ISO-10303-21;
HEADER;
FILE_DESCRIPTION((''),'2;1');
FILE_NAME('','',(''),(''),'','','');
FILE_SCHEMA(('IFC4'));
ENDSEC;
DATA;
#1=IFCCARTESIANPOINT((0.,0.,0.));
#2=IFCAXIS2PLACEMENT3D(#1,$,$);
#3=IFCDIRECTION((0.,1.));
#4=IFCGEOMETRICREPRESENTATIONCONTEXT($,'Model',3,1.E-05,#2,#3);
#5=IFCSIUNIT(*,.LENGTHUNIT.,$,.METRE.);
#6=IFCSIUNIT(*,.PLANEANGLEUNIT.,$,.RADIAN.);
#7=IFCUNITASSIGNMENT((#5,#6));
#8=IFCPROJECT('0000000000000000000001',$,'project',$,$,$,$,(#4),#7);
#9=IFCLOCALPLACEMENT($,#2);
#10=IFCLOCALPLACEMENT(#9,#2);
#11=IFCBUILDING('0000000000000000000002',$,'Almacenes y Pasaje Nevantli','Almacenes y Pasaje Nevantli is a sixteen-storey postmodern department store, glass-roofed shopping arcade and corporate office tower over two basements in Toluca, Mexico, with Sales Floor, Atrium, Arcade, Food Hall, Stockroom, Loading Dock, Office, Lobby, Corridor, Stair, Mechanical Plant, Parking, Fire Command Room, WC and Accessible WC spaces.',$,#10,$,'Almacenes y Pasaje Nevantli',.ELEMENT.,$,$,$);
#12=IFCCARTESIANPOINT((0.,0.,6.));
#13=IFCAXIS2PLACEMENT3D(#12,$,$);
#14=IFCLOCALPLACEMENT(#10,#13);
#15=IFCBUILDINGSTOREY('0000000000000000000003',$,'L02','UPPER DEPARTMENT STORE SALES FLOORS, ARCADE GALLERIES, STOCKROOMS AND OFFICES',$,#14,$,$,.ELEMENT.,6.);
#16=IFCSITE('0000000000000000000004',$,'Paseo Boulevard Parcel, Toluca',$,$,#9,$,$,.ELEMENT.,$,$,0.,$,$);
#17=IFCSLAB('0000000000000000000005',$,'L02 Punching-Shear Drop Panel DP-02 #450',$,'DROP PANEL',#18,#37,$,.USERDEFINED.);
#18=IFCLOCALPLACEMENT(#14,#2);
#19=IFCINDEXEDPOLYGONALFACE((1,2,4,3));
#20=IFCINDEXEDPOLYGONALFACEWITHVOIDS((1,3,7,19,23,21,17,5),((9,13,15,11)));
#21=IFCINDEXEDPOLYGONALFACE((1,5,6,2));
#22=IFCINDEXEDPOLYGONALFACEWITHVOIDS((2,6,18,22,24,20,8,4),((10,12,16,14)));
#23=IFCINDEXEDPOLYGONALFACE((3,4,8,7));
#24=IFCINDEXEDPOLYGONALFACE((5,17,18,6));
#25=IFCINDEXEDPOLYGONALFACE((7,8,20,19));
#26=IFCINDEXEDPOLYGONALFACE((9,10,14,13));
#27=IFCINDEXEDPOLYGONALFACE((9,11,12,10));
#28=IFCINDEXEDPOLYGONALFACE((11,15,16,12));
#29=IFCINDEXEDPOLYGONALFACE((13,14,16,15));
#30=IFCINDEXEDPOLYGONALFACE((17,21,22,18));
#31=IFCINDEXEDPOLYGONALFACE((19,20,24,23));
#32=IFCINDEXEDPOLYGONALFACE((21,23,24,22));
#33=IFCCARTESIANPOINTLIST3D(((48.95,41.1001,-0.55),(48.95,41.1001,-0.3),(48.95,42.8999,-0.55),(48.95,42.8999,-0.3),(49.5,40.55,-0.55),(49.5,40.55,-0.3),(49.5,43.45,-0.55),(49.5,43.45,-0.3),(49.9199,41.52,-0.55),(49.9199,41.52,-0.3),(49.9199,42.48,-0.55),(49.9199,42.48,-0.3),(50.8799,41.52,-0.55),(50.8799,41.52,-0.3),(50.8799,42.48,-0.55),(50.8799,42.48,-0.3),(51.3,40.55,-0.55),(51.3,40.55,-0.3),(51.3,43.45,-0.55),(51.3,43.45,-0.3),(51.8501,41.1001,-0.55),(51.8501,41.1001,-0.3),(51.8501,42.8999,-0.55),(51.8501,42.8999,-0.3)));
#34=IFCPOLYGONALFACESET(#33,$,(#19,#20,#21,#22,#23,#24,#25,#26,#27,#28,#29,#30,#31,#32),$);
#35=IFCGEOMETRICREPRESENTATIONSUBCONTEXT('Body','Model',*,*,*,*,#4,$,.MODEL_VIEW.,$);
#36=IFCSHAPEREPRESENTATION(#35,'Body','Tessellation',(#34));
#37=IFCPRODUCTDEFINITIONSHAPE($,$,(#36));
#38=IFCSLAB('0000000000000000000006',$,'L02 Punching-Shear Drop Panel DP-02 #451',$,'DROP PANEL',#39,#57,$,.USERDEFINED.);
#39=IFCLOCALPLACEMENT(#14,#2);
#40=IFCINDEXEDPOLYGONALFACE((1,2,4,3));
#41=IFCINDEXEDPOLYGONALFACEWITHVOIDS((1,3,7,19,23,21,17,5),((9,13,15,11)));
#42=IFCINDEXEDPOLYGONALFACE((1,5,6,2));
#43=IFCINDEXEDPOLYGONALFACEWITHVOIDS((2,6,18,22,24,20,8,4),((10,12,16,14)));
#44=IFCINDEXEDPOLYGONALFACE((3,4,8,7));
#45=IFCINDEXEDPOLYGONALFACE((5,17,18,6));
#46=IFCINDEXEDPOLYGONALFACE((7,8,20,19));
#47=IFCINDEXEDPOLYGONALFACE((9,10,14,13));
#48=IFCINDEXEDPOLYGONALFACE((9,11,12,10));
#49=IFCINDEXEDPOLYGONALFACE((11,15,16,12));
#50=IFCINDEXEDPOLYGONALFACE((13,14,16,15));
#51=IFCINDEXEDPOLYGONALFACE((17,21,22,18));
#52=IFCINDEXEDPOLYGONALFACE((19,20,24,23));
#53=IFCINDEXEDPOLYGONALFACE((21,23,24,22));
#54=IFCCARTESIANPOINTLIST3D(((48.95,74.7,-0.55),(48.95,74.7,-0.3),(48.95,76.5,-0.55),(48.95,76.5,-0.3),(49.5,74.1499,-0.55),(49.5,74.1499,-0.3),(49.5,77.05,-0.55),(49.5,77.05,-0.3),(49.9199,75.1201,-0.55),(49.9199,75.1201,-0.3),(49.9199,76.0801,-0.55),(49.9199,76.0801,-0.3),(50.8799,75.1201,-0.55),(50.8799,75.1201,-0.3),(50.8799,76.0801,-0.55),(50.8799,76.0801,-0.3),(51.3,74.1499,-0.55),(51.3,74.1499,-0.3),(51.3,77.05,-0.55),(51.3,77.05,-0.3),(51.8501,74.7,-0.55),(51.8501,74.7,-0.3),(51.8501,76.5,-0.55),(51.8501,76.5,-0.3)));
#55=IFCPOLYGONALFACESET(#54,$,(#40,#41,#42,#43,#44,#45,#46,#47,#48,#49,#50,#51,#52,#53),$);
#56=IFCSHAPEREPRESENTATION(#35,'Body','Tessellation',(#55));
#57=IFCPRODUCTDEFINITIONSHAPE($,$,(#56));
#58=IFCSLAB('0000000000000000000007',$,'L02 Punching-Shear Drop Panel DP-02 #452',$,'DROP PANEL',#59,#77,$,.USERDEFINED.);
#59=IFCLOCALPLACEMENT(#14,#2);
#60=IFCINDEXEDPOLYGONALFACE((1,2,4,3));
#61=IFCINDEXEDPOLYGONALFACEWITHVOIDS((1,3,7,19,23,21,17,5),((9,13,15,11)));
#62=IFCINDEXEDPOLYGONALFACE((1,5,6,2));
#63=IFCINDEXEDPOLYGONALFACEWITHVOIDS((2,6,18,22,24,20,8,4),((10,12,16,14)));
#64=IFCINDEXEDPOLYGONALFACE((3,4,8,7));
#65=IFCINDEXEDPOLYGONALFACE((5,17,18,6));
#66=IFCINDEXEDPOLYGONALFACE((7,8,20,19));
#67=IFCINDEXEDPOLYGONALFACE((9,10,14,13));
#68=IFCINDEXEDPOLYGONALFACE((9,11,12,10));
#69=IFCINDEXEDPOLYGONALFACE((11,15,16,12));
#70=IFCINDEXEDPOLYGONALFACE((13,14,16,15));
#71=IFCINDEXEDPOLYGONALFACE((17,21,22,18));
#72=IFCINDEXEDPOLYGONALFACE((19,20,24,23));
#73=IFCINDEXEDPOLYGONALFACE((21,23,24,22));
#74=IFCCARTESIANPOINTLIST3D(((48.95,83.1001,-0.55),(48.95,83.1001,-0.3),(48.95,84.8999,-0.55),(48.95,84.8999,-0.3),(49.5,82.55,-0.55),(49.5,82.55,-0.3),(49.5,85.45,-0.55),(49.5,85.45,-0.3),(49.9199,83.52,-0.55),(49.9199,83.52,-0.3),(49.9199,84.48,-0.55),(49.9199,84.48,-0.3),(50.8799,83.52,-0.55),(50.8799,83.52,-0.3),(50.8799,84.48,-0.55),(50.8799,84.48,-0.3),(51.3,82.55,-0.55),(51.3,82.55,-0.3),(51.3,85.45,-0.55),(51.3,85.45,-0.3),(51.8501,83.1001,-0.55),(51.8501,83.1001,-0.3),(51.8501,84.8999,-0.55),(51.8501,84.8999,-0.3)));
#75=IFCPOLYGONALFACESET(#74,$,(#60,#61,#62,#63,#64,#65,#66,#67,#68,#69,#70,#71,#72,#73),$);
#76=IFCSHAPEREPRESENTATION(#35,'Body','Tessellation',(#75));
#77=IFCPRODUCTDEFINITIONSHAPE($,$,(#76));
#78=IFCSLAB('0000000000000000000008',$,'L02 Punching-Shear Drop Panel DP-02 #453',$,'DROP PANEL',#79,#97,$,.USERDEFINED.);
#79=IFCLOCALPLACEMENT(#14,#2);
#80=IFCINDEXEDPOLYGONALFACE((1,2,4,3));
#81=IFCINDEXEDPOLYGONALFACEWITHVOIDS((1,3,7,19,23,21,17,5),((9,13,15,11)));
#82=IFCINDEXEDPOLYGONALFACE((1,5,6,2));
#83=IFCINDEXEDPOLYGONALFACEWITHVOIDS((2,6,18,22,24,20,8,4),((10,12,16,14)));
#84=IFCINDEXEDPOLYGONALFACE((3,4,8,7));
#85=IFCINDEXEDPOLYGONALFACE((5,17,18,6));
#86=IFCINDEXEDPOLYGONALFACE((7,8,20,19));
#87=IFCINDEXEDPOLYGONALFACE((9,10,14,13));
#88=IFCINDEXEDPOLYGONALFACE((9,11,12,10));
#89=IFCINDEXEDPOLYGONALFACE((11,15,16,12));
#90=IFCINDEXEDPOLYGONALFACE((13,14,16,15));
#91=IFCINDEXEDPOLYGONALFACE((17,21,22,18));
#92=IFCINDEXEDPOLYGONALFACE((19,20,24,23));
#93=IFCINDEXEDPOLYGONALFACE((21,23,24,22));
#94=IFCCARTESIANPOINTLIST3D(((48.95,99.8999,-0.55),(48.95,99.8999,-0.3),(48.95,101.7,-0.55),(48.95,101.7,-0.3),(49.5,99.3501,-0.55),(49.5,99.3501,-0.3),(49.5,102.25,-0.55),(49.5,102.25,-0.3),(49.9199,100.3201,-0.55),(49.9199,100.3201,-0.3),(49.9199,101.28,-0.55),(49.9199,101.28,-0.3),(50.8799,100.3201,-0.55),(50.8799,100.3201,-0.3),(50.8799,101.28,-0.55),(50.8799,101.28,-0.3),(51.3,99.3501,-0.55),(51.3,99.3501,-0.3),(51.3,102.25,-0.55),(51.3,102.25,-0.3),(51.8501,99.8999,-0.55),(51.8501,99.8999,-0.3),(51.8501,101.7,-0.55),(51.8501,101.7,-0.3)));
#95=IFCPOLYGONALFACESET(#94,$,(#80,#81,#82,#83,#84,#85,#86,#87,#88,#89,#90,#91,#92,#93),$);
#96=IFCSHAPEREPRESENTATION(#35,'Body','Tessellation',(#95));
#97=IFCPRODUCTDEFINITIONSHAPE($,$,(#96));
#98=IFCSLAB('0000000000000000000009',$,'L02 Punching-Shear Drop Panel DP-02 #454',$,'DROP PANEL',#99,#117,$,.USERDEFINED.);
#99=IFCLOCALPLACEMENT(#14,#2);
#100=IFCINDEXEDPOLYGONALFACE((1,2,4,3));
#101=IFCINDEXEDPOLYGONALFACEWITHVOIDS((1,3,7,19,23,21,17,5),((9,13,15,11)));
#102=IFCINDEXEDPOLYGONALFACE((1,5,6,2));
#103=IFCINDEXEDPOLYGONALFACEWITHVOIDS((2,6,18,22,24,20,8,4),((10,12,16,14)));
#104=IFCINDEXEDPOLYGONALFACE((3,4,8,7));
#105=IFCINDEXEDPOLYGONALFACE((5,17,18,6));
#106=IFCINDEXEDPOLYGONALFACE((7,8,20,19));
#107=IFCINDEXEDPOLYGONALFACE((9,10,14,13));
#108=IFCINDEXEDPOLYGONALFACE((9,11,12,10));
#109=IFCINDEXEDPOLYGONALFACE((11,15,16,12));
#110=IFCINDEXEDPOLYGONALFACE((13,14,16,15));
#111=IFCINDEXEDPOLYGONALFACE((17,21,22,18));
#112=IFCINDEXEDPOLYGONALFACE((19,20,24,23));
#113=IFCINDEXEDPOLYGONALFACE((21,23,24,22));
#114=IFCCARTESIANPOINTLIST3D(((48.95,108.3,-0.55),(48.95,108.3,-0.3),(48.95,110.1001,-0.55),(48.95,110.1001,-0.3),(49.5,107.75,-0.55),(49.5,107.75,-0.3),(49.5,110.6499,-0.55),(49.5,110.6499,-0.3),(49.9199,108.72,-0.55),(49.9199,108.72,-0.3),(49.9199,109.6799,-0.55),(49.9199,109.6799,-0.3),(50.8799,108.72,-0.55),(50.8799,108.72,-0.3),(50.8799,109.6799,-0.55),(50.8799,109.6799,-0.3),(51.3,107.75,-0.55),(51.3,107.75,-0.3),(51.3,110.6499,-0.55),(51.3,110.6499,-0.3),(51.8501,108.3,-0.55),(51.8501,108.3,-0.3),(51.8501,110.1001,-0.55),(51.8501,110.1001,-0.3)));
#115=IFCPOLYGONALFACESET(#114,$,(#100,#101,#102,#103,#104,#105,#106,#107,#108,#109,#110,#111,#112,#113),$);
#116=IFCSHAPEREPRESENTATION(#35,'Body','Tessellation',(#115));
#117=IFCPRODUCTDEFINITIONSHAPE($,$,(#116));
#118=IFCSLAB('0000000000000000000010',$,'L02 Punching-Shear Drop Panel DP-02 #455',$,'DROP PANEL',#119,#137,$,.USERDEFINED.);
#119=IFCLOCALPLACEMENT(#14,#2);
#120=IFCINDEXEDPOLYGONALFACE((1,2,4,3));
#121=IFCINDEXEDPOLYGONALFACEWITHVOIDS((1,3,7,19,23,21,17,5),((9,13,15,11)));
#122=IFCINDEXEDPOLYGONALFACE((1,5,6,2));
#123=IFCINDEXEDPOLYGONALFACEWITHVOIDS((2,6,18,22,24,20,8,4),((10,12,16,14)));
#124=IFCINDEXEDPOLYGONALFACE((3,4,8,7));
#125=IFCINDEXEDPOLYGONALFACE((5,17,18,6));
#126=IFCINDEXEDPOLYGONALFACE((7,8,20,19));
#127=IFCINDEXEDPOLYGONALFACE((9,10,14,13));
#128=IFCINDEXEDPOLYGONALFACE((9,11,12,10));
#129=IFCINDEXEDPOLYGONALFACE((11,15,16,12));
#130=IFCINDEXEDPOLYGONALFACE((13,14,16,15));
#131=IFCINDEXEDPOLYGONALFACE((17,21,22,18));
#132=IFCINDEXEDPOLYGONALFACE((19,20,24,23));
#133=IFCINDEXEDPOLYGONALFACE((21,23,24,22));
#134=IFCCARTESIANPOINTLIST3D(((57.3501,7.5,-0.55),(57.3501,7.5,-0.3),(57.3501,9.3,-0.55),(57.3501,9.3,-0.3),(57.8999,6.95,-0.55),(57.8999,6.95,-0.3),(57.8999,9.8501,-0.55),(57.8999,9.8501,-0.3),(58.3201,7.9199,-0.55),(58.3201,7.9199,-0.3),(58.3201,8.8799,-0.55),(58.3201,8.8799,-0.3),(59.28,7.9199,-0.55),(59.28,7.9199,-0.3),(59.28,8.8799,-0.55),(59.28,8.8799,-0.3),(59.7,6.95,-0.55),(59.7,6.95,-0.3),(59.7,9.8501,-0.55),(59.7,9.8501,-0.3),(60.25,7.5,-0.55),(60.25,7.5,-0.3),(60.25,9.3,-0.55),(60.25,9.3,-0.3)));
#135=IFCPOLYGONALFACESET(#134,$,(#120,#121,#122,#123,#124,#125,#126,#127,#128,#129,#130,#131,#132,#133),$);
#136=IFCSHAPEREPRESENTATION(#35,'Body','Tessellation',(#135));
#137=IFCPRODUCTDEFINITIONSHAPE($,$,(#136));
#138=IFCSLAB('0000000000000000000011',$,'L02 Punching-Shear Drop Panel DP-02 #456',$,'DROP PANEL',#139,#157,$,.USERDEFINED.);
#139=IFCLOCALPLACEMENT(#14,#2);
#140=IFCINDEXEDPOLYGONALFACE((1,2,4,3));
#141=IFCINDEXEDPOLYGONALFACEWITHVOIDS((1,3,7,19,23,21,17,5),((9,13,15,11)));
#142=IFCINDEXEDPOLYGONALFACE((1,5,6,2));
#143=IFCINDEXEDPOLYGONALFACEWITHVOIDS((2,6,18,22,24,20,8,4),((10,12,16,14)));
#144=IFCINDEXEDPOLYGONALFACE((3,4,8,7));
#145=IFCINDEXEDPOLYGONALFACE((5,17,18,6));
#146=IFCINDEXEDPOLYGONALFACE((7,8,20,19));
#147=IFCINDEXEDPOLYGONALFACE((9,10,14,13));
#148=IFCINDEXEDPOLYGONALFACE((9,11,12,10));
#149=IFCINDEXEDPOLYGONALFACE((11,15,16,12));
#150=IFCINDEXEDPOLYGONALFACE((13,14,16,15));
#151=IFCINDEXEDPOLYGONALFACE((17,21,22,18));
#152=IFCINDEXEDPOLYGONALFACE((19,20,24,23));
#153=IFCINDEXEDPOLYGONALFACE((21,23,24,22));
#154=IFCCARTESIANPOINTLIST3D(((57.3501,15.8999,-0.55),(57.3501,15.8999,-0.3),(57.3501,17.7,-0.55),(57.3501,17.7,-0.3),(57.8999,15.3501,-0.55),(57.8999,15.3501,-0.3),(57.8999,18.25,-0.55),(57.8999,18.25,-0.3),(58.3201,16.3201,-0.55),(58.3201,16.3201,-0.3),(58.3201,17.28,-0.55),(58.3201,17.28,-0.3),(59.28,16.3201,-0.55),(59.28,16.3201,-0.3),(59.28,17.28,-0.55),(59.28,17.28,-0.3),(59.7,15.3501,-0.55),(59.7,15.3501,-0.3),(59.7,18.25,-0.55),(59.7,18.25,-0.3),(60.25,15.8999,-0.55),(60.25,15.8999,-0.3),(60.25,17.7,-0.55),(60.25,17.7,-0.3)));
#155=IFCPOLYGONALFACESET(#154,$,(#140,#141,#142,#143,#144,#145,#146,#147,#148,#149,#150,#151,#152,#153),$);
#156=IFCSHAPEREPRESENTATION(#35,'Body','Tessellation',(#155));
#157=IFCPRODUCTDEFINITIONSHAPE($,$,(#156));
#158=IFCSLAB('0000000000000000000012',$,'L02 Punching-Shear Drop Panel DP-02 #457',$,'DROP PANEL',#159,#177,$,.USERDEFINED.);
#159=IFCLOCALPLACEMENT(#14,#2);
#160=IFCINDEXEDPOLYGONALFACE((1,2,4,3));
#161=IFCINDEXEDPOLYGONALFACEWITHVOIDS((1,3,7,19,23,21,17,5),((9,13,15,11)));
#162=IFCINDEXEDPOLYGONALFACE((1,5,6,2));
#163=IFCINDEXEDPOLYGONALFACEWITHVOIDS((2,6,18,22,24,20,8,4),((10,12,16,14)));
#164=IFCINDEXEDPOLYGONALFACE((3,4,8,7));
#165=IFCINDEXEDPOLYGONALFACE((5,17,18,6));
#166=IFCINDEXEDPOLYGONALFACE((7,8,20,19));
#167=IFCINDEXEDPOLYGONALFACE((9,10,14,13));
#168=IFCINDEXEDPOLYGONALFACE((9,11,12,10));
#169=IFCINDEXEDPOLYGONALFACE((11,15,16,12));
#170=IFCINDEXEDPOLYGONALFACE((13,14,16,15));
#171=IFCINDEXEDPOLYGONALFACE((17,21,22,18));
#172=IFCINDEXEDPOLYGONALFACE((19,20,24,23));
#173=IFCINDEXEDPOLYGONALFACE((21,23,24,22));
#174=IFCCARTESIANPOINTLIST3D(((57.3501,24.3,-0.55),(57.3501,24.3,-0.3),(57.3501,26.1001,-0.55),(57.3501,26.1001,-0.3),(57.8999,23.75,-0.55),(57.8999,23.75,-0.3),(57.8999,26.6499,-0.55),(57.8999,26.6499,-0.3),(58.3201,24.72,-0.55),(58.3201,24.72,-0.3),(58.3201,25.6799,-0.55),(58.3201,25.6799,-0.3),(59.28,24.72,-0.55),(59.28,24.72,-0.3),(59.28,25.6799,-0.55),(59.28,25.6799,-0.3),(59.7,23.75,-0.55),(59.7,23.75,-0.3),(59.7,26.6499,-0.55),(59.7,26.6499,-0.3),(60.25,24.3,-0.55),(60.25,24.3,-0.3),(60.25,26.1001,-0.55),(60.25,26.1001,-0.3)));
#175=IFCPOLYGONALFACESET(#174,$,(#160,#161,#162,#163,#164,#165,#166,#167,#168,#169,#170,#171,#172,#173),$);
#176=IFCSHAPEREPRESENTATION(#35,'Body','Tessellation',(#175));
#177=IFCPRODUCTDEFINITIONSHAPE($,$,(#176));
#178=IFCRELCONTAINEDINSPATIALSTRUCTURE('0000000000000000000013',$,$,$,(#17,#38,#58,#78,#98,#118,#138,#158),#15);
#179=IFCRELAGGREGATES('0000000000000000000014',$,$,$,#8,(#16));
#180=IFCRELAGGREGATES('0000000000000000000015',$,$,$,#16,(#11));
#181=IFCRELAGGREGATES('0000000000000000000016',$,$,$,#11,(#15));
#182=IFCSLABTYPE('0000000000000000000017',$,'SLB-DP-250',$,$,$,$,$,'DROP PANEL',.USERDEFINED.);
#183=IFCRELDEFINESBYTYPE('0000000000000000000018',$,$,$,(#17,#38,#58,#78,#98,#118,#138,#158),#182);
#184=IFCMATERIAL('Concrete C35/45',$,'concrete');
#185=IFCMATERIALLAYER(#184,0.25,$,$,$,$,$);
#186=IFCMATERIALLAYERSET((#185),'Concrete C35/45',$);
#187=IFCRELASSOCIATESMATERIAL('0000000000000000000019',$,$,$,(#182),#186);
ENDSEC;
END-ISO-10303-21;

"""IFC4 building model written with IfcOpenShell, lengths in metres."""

from ifc_helpers import new_model, si_unit, direction, frame, origin, place, context, subcontext, project, spatial, polyline, outline, extrude, material, layer, layer_set, type_object, element, save


model = new_model("IFC4")

# Units and contexts
model_context = context("Model", 3, precision=1e-05, world=origin(), true_north=direction((0.0, 1.0)))
body_context = subcontext(model_context, "Body", "Model", "MODEL_VIEW")
ifc_project = project(units=[si_unit("LENGTHUNIT", "METRE"), si_unit("PLANEANGLEUNIT", "RADIAN")], contexts=[model_context])

# Site, building, storey
site_placement = place(None, origin())
site = spatial("IfcSite", under=ifc_project, at=site_placement, Name="Paseo Boulevard Parcel, Toluca", CompositionType="ELEMENT", RefElevation=0.0)
building_placement = place(site_placement, origin())
building = spatial("IfcBuilding", under=site, at=building_placement, Name="Almacenes y Pasaje Nevantli", Description="Almacenes y Pasaje Nevantli is a sixteen-storey postmodern department store, glass-roofed shopping arcade and corporate office tower over two basements in Toluca, Mexico, with Sales Floor, Atrium, Arcade, Food Hall, Stockroom, Loading Dock, Office, Lobby, Corridor, Stair, Mechanical Plant, Parking, Fire Command Room, WC and Accessible WC spaces.", LongName="Almacenes y Pasaje Nevantli", CompositionType="ELEMENT")
storey_placement = place(building_placement, frame((0.0, 0.0, 6.0)))
storey = spatial("IfcBuildingStorey", under=building, at=storey_placement, Name="L02", Description="UPPER DEPARTMENT STORE SALES FLOORS, ARCADE GALLERIES, STOCKROOMS AND OFFICES", CompositionType="ELEMENT", Elevation=6.0)

# Slabs
ifc_material = material(Name="Concrete C35/45", Category="concrete")
ifc_layer = layer(ifc_material, 0.25)
ifc_layer_set = layer_set([ifc_layer], Name="Concrete C35/45")
slab_type = type_object("IfcSlabType", Name="SLB-DP-250", ElementType="DROP PANEL", PredefinedType="USERDEFINED", material=ifc_layer_set)
slab_1_placement = place(storey_placement, frame((0.0, 0.0, -0.55)))
element("IfcSlab", 1, at=slab_1_placement, inside=storey, type_object=slab_type, Name="L02 Punching-Shear Drop Panel DP-02 #450", ObjectType="DROP PANEL", PredefinedType="USERDEFINED", context=body_context, shape_type="SweptSolid", body=[
    extrude(outline(polyline([(49.5, 40.55), (51.3, 40.55), (51.8501, 41.1001), (51.8501, 42.8999), (51.3, 43.45), (49.5, 43.45), (48.95, 42.8999), (48.95, 41.1001), (49.5, 40.55)]), holes=[polyline([(49.9199, 41.52), (50.8799, 41.52), (50.8799, 42.48), (49.9199, 42.48), (49.9199, 41.52)])]), origin(), (0.0, 0.0, 1.0), 0.25),
])
slab_2_placement = place(storey_placement, frame((0.0, 0.0, -0.55)))
element("IfcSlab", 2, at=slab_2_placement, inside=storey, type_object=slab_type, Name="L02 Punching-Shear Drop Panel DP-02 #451", ObjectType="DROP PANEL", PredefinedType="USERDEFINED", context=body_context, shape_type="SweptSolid", body=[
    extrude(outline(polyline([(49.5, 74.1499), (51.3, 74.1499), (51.8501, 74.7), (51.8501, 76.5), (51.3, 77.05), (49.5, 77.05), (48.95, 76.5), (48.95, 74.7), (49.5, 74.1499)]), holes=[polyline([(49.9199, 75.1201), (50.8799, 75.1201), (50.8799, 76.0801), (49.9199, 76.0801), (49.9199, 75.1201)])]), origin(), (0.0, 0.0, 1.0), 0.25),
])
slab_3_placement = place(storey_placement, frame((0.0, 0.0, -0.55)))
element("IfcSlab", 3, at=slab_3_placement, inside=storey, type_object=slab_type, Name="L02 Punching-Shear Drop Panel DP-02 #452", ObjectType="DROP PANEL", PredefinedType="USERDEFINED", context=body_context, shape_type="SweptSolid", body=[
    extrude(outline(polyline([(49.5, 82.55), (51.3, 82.55), (51.8501, 83.1001), (51.8501, 84.8999), (51.3, 85.45), (49.5, 85.45), (48.95, 84.8999), (48.95, 83.1001), (49.5, 82.55)]), holes=[polyline([(49.9199, 83.52), (50.8799, 83.52), (50.8799, 84.48), (49.9199, 84.48), (49.9199, 83.52)])]), origin(), (0.0, 0.0, 1.0), 0.25),
])
slab_4_placement = place(storey_placement, frame((0.0, 0.0, -0.55)))
element("IfcSlab", 4, at=slab_4_placement, inside=storey, type_object=slab_type, Name="L02 Punching-Shear Drop Panel DP-02 #453", ObjectType="DROP PANEL", PredefinedType="USERDEFINED", context=body_context, shape_type="SweptSolid", body=[
    extrude(outline(polyline([(49.5, 99.3501), (51.3, 99.3501), (51.8501, 99.8999), (51.8501, 101.7), (51.3, 102.25), (49.5, 102.25), (48.95, 101.7), (48.95, 99.8999), (49.5, 99.3501)]), holes=[polyline([(49.9199, 100.3201), (50.8799, 100.3201), (50.8799, 101.28), (49.9199, 101.28), (49.9199, 100.3201)])]), origin(), (0.0, 0.0, 1.0), 0.25),
])
slab_5_placement = place(storey_placement, frame((0.0, 0.0, -0.55)))
element("IfcSlab", 5, at=slab_5_placement, inside=storey, type_object=slab_type, Name="L02 Punching-Shear Drop Panel DP-02 #454", ObjectType="DROP PANEL", PredefinedType="USERDEFINED", context=body_context, shape_type="SweptSolid", body=[
    extrude(outline(polyline([(49.5, 107.75), (51.3, 107.75), (51.8501, 108.3), (51.8501, 110.1001), (51.3, 110.6499), (49.5, 110.6499), (48.95, 110.1001), (48.95, 108.3), (49.5, 107.75)]), holes=[polyline([(49.9199, 108.72), (50.8799, 108.72), (50.8799, 109.6799), (49.9199, 109.6799), (49.9199, 108.72)])]), origin(), (0.0, 0.0, 1.0), 0.25),
])
slab_6_placement = place(storey_placement, frame((0.0, 0.0, -0.55)))
element("IfcSlab", 6, at=slab_6_placement, inside=storey, type_object=slab_type, Name="L02 Punching-Shear Drop Panel DP-02 #455", ObjectType="DROP PANEL", PredefinedType="USERDEFINED", context=body_context, shape_type="SweptSolid", body=[
    extrude(outline(polyline([(57.8999, 6.95), (59.7, 6.95), (60.25, 7.5), (60.25, 9.3), (59.7, 9.8501), (57.8999, 9.8501), (57.3501, 9.3), (57.3501, 7.5), (57.8999, 6.95)]), holes=[polyline([(58.3201, 7.9199), (59.28, 7.9199), (59.28, 8.8799), (58.3201, 8.8799), (58.3201, 7.9199)])]), origin(), (0.0, 0.0, 1.0), 0.25),
])
slab_7_placement = place(storey_placement, frame((0.0, 0.0, -0.55)))
element("IfcSlab", 7, at=slab_7_placement, inside=storey, type_object=slab_type, Name="L02 Punching-Shear Drop Panel DP-02 #456", ObjectType="DROP PANEL", PredefinedType="USERDEFINED", context=body_context, shape_type="SweptSolid", body=[
    extrude(outline(polyline([(57.8999, 15.3501), (59.7, 15.3501), (60.25, 15.8999), (60.25, 17.7), (59.7, 18.25), (57.8999, 18.25), (57.3501, 17.7), (57.3501, 15.8999), (57.8999, 15.3501)]), holes=[polyline([(58.3201, 16.3201), (59.28, 16.3201), (59.28, 17.28), (58.3201, 17.28), (58.3201, 16.3201)])]), origin(), (0.0, 0.0, 1.0), 0.25),
])
slab_8_placement = place(storey_placement, frame((0.0, 0.0, -0.55)))
element("IfcSlab", 8, at=slab_8_placement, inside=storey, type_object=slab_type, Name="L02 Punching-Shear Drop Panel DP-02 #457", ObjectType="DROP PANEL", PredefinedType="USERDEFINED", context=body_context, shape_type="SweptSolid", body=[
    extrude(outline(polyline([(57.8999, 23.75), (59.7, 23.75), (60.25, 24.3), (60.25, 26.1001), (59.7, 26.6499), (57.8999, 26.6499), (57.3501, 26.1001), (57.3501, 24.3), (57.8999, 23.75)]), holes=[polyline([(58.3201, 24.72), (59.28, 24.72), (59.28, 25.6799), (58.3201, 25.6799), (58.3201, 24.72)])]), origin(), (0.0, 0.0, 1.0), 0.25),
])

save(model, "model.ifc")
